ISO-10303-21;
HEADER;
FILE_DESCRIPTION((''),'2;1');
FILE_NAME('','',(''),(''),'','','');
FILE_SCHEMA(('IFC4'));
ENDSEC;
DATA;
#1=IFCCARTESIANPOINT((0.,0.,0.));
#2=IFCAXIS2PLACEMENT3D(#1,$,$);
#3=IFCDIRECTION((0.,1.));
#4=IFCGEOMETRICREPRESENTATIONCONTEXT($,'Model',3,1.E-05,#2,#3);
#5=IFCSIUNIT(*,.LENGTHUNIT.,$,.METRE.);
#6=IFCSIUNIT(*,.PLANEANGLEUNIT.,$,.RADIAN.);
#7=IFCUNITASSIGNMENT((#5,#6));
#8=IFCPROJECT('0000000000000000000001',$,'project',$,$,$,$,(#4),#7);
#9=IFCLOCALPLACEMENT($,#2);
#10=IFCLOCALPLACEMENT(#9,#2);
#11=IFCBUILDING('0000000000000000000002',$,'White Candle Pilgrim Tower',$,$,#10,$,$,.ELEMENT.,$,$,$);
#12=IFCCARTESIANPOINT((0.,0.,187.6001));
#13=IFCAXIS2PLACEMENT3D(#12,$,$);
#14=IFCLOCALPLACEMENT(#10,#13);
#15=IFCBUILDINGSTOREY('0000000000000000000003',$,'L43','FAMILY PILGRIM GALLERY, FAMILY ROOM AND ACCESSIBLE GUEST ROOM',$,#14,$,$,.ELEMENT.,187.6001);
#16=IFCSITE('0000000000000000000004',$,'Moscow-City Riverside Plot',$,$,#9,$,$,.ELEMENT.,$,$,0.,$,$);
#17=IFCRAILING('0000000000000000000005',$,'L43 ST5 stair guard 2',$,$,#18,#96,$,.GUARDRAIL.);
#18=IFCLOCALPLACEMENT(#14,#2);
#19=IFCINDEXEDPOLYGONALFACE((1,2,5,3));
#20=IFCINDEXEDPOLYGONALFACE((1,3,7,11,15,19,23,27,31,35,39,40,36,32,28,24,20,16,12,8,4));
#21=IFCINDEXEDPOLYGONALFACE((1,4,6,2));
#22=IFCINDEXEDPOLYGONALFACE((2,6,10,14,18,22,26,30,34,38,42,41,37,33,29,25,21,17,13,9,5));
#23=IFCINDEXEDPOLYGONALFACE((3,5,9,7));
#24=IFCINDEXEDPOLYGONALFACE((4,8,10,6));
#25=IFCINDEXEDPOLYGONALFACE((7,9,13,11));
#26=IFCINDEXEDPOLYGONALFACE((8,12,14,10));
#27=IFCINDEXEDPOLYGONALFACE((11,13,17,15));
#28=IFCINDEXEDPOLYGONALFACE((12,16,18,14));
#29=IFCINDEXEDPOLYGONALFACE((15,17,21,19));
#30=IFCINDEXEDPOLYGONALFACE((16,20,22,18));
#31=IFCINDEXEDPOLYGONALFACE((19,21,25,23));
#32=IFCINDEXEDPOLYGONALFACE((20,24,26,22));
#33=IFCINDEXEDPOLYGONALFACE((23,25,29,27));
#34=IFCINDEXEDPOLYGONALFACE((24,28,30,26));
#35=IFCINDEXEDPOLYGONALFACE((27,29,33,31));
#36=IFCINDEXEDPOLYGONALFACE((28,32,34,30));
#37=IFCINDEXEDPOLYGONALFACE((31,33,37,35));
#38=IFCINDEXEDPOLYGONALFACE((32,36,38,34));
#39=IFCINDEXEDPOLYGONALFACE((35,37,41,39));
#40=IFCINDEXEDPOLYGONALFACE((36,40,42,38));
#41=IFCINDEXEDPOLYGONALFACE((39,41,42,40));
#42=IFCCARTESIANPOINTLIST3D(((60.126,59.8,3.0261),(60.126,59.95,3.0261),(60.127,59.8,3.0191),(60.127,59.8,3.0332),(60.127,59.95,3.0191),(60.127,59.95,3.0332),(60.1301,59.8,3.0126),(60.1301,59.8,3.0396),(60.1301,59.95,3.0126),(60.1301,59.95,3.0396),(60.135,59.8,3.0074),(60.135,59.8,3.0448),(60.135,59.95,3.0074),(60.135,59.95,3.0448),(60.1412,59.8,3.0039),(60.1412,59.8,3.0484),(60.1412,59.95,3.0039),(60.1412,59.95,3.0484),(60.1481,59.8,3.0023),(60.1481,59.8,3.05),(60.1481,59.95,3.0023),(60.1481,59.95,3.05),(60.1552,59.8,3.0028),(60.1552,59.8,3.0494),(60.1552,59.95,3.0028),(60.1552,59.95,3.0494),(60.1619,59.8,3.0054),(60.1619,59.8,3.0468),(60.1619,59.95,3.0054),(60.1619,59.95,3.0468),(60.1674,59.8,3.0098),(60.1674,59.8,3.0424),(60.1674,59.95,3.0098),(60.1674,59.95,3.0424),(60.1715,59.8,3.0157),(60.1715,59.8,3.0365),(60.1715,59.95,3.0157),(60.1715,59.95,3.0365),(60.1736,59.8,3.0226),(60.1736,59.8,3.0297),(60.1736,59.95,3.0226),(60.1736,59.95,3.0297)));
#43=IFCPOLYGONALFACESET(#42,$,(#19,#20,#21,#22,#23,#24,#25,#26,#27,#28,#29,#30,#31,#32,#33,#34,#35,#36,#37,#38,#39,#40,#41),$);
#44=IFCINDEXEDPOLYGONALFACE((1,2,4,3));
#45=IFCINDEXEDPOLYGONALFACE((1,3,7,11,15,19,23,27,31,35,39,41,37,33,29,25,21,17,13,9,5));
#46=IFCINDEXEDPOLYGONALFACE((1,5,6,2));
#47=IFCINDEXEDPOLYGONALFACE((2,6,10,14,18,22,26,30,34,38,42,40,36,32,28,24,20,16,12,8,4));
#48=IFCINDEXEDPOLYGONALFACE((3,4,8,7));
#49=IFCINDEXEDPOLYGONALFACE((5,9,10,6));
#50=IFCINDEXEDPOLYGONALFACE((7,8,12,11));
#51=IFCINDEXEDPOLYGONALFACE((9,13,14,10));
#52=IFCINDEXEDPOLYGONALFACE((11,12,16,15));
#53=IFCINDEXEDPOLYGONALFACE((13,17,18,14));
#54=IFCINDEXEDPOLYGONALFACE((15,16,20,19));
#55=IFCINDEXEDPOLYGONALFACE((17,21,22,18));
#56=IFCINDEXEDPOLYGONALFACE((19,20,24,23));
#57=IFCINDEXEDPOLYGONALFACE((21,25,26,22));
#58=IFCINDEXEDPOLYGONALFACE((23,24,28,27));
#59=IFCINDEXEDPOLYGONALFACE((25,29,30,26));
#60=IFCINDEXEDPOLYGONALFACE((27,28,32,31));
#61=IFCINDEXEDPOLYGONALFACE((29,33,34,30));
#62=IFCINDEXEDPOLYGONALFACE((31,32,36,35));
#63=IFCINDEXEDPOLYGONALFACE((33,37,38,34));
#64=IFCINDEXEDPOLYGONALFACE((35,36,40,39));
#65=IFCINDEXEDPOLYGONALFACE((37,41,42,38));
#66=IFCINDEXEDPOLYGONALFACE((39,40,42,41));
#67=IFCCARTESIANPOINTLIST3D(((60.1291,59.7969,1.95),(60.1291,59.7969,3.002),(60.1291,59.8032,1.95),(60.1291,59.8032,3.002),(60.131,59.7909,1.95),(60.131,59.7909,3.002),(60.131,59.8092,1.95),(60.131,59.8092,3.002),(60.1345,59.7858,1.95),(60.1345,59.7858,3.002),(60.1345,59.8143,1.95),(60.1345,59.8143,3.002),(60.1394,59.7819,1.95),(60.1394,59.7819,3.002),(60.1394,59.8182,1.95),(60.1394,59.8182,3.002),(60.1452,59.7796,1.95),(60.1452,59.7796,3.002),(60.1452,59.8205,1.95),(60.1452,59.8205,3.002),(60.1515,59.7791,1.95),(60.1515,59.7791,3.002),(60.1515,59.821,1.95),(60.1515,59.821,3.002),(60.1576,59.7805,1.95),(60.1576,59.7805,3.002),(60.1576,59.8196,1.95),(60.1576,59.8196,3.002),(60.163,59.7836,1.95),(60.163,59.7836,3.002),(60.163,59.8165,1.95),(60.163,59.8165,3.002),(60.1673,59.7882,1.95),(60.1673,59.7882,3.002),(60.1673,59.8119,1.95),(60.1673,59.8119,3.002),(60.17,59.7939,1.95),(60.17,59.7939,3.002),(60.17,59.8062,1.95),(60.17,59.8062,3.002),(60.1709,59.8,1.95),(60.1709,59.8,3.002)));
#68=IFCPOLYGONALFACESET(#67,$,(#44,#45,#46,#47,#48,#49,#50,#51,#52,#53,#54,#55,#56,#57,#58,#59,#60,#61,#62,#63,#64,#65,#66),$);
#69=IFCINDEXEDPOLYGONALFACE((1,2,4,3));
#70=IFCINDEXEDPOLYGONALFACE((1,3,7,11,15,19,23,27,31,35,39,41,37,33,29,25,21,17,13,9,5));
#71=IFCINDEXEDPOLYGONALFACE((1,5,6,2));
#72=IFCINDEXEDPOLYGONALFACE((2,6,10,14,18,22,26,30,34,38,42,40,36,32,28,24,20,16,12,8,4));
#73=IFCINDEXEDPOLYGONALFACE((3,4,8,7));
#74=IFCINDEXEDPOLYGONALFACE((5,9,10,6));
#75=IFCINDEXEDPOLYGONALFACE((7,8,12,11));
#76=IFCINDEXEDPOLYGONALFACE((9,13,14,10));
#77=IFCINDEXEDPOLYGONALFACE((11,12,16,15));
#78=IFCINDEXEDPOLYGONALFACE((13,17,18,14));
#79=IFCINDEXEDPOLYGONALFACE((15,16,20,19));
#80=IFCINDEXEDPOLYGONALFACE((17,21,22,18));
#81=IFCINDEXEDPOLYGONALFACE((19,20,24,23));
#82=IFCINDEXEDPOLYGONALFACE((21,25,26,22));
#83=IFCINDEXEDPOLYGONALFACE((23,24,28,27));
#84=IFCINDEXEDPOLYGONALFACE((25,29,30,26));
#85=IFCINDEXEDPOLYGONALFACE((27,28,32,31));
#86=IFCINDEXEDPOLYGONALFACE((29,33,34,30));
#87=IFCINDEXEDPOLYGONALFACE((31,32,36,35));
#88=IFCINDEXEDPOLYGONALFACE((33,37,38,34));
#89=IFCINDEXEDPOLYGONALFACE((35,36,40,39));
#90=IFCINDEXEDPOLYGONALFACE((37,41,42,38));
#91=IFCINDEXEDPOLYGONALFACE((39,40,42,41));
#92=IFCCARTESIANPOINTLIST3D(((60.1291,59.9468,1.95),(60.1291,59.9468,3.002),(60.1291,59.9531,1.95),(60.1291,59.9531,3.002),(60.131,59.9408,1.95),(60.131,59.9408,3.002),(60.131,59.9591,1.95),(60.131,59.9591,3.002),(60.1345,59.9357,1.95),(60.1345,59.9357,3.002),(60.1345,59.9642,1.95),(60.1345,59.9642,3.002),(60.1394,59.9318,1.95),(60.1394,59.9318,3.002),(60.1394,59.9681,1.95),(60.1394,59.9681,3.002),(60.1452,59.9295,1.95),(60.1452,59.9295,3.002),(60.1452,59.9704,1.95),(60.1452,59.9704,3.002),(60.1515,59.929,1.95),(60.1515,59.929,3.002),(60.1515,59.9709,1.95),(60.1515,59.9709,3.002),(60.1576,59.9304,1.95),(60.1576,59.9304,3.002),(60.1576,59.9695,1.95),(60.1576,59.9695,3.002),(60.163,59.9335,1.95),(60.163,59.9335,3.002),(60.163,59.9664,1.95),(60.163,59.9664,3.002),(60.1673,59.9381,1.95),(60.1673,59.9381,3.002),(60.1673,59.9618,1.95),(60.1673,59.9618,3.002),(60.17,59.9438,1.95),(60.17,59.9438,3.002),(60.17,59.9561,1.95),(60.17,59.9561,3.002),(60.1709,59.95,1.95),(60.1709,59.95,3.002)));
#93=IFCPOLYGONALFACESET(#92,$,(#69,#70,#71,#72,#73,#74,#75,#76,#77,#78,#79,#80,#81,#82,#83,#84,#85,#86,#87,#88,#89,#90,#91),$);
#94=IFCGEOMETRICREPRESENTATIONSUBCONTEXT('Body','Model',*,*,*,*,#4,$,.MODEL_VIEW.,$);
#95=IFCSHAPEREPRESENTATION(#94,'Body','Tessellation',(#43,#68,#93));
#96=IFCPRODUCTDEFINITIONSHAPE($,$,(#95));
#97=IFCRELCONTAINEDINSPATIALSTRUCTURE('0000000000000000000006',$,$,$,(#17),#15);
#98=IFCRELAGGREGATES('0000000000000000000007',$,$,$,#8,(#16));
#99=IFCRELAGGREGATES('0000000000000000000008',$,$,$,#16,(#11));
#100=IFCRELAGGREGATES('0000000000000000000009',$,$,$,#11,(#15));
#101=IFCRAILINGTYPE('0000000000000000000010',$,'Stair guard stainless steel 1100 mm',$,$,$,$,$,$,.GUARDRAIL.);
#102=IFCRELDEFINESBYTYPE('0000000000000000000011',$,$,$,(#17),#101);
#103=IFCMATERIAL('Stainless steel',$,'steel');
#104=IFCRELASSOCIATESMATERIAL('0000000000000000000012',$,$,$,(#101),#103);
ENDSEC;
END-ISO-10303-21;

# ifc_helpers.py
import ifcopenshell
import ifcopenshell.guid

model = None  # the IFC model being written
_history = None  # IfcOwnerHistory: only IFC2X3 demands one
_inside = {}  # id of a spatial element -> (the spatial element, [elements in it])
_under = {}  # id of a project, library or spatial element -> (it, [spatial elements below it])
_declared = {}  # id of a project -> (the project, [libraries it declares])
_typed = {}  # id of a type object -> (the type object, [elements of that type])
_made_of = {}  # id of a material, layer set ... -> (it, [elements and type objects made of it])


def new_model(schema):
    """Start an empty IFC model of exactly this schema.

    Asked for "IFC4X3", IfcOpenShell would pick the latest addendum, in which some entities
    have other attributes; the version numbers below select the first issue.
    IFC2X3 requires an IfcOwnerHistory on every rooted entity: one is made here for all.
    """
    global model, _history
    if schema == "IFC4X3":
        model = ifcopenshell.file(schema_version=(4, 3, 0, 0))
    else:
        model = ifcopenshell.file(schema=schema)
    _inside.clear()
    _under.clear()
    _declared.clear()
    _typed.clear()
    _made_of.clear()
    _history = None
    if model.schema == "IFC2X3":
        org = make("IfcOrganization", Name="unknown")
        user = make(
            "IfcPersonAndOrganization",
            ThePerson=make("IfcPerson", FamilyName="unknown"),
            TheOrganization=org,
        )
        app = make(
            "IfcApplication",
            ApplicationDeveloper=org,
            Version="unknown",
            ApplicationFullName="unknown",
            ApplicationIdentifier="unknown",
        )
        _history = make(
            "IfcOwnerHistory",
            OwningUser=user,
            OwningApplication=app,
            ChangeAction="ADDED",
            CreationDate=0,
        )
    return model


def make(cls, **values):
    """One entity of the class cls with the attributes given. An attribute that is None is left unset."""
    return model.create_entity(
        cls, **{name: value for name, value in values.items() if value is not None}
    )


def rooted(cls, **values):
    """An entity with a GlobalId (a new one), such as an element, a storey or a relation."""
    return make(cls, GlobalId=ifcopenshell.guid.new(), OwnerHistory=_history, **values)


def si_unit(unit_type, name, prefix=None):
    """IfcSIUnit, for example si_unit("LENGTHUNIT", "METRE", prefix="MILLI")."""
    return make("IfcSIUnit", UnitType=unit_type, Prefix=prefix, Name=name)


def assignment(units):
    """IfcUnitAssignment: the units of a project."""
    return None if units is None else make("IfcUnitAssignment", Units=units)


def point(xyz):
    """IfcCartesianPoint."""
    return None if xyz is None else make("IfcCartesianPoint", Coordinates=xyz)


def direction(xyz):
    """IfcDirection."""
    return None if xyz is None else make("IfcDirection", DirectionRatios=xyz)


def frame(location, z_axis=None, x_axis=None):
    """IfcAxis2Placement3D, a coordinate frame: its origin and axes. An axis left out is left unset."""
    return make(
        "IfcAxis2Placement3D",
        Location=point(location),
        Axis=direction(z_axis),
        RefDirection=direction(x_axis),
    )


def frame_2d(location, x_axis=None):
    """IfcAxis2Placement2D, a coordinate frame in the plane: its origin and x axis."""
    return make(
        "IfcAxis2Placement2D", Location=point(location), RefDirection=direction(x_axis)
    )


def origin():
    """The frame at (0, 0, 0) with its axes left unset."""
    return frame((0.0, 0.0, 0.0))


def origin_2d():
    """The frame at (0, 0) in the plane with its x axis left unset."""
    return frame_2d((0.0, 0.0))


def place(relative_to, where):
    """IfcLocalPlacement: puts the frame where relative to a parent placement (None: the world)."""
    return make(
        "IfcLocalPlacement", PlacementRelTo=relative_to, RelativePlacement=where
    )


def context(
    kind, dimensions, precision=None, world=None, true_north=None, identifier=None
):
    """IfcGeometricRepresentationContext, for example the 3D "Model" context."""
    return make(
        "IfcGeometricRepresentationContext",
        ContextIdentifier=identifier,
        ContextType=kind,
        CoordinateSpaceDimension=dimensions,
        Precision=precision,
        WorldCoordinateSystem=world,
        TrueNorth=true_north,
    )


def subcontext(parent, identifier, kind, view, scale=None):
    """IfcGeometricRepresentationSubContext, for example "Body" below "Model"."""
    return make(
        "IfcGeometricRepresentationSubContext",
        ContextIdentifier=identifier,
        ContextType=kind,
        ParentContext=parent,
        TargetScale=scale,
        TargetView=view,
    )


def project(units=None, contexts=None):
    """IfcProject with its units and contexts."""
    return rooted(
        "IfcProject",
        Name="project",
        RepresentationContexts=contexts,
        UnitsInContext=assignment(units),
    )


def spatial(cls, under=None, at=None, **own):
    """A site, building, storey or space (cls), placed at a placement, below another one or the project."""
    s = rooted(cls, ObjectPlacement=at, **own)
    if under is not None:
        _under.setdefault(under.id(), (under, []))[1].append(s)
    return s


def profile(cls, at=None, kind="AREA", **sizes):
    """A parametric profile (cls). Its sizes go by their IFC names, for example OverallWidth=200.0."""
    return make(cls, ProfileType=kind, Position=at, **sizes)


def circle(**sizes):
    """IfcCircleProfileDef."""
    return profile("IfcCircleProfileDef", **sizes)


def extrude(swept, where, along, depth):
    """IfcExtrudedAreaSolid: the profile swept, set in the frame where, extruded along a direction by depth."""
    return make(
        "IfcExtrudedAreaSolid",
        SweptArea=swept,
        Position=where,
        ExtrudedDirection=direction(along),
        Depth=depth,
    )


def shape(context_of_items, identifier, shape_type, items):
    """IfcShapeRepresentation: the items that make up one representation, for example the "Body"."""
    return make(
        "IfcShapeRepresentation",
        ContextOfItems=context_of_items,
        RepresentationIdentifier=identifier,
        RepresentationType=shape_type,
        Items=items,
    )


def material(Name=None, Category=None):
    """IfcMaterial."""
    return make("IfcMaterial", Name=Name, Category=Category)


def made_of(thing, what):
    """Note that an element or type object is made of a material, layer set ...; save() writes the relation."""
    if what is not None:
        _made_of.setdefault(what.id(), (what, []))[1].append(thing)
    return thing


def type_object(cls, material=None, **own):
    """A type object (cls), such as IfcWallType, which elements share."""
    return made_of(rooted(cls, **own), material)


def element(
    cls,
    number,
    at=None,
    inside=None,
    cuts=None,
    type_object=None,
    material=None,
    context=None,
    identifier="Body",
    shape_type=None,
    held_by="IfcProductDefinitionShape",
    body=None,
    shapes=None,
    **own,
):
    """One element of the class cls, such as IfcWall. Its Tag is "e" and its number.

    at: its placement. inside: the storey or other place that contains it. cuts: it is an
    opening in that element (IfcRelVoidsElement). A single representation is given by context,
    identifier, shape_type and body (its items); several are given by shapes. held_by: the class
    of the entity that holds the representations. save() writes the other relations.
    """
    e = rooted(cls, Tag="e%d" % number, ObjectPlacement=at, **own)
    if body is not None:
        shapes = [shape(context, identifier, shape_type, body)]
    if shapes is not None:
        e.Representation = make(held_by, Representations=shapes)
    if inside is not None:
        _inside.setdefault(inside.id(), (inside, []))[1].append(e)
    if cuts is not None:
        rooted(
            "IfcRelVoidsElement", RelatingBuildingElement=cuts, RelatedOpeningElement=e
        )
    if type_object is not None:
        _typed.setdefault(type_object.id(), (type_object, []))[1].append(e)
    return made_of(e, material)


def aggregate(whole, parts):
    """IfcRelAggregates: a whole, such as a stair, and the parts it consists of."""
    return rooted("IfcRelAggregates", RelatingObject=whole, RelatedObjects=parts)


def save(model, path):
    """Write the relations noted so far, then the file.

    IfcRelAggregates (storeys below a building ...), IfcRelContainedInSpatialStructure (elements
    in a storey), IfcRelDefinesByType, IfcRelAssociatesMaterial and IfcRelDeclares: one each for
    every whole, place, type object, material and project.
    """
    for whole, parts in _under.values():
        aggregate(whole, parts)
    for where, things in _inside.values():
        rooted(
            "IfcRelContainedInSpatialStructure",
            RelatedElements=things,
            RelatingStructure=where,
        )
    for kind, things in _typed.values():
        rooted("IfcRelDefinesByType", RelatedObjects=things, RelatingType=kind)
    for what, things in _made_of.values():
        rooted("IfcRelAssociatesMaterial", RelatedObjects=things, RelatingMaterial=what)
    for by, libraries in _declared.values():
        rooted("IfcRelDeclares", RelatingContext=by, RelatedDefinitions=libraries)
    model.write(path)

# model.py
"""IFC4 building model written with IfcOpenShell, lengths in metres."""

from ifc_helpers import new_model, si_unit, direction, frame, origin, origin_2d, place, context, subcontext, project, spatial, circle, extrude, material, type_object, element, save


model = new_model("IFC4")

# Units and contexts
model_context = context("Model", 3, precision=1e-05, world=origin(), true_north=direction((0.0, 1.0)))
body_context = subcontext(model_context, "Body", "Model", "MODEL_VIEW")
ifc_project = project(units=[si_unit("LENGTHUNIT", "METRE"), si_unit("PLANEANGLEUNIT", "RADIAN")], contexts=[model_context])

# Site, building, storey
site_placement = place(None, origin())
site = spatial("IfcSite", under=ifc_project, at=site_placement, Name="Moscow-City Riverside Plot", CompositionType="ELEMENT", RefElevation=0.0)
building_placement = place(site_placement, origin())
building = spatial("IfcBuilding", under=site, at=building_placement, Name="White Candle Pilgrim Tower", CompositionType="ELEMENT")
storey_placement = place(building_placement, frame((0.0, 0.0, 187.6001)))
storey = spatial("IfcBuildingStorey", under=building, at=storey_placement, Name="L43", Description="FAMILY PILGRIM GALLERY, FAMILY ROOM AND ACCESSIBLE GUEST ROOM", CompositionType="ELEMENT", Elevation=187.6001)

# Railing
ifc_material_1 = material(Name="Stainless steel", Category="steel")
railing_type_1 = type_object("IfcRailingType", Name="Stair guard stainless steel 1100 mm", PredefinedType="GUARDRAIL", material=ifc_material_1)
railing_1_placement = place(storey_placement, frame((60.1499, 59.8, 1.95)))
element("IfcRailing", 1, at=railing_1_placement, inside=storey, type_object=railing_type_1, Name="L43 ST5 stair guard 2", PredefinedType="GUARDRAIL", context=body_context, shape_type="SweptSolid", body=[
    extrude(circle(Radius=0.0239, at=origin_2d()), frame((0.0, 0.0, 1.0762), z_axis=(0.0, 1.0, 0.0), x_axis=(-1.0, 0.0, 0.0)), (0.0, 0.0, 1.0), 0.1499),
    extrude(circle(Radius=0.021, at=origin_2d()), origin(), (0.0, 0.0, 1.0), 1.052),
    extrude(circle(Radius=0.021, at=origin_2d()), frame((0.0, 0.1499, 0.0)), (0.0, 0.0, 1.0), 1.052),
])

save(model, "model.ifc")
